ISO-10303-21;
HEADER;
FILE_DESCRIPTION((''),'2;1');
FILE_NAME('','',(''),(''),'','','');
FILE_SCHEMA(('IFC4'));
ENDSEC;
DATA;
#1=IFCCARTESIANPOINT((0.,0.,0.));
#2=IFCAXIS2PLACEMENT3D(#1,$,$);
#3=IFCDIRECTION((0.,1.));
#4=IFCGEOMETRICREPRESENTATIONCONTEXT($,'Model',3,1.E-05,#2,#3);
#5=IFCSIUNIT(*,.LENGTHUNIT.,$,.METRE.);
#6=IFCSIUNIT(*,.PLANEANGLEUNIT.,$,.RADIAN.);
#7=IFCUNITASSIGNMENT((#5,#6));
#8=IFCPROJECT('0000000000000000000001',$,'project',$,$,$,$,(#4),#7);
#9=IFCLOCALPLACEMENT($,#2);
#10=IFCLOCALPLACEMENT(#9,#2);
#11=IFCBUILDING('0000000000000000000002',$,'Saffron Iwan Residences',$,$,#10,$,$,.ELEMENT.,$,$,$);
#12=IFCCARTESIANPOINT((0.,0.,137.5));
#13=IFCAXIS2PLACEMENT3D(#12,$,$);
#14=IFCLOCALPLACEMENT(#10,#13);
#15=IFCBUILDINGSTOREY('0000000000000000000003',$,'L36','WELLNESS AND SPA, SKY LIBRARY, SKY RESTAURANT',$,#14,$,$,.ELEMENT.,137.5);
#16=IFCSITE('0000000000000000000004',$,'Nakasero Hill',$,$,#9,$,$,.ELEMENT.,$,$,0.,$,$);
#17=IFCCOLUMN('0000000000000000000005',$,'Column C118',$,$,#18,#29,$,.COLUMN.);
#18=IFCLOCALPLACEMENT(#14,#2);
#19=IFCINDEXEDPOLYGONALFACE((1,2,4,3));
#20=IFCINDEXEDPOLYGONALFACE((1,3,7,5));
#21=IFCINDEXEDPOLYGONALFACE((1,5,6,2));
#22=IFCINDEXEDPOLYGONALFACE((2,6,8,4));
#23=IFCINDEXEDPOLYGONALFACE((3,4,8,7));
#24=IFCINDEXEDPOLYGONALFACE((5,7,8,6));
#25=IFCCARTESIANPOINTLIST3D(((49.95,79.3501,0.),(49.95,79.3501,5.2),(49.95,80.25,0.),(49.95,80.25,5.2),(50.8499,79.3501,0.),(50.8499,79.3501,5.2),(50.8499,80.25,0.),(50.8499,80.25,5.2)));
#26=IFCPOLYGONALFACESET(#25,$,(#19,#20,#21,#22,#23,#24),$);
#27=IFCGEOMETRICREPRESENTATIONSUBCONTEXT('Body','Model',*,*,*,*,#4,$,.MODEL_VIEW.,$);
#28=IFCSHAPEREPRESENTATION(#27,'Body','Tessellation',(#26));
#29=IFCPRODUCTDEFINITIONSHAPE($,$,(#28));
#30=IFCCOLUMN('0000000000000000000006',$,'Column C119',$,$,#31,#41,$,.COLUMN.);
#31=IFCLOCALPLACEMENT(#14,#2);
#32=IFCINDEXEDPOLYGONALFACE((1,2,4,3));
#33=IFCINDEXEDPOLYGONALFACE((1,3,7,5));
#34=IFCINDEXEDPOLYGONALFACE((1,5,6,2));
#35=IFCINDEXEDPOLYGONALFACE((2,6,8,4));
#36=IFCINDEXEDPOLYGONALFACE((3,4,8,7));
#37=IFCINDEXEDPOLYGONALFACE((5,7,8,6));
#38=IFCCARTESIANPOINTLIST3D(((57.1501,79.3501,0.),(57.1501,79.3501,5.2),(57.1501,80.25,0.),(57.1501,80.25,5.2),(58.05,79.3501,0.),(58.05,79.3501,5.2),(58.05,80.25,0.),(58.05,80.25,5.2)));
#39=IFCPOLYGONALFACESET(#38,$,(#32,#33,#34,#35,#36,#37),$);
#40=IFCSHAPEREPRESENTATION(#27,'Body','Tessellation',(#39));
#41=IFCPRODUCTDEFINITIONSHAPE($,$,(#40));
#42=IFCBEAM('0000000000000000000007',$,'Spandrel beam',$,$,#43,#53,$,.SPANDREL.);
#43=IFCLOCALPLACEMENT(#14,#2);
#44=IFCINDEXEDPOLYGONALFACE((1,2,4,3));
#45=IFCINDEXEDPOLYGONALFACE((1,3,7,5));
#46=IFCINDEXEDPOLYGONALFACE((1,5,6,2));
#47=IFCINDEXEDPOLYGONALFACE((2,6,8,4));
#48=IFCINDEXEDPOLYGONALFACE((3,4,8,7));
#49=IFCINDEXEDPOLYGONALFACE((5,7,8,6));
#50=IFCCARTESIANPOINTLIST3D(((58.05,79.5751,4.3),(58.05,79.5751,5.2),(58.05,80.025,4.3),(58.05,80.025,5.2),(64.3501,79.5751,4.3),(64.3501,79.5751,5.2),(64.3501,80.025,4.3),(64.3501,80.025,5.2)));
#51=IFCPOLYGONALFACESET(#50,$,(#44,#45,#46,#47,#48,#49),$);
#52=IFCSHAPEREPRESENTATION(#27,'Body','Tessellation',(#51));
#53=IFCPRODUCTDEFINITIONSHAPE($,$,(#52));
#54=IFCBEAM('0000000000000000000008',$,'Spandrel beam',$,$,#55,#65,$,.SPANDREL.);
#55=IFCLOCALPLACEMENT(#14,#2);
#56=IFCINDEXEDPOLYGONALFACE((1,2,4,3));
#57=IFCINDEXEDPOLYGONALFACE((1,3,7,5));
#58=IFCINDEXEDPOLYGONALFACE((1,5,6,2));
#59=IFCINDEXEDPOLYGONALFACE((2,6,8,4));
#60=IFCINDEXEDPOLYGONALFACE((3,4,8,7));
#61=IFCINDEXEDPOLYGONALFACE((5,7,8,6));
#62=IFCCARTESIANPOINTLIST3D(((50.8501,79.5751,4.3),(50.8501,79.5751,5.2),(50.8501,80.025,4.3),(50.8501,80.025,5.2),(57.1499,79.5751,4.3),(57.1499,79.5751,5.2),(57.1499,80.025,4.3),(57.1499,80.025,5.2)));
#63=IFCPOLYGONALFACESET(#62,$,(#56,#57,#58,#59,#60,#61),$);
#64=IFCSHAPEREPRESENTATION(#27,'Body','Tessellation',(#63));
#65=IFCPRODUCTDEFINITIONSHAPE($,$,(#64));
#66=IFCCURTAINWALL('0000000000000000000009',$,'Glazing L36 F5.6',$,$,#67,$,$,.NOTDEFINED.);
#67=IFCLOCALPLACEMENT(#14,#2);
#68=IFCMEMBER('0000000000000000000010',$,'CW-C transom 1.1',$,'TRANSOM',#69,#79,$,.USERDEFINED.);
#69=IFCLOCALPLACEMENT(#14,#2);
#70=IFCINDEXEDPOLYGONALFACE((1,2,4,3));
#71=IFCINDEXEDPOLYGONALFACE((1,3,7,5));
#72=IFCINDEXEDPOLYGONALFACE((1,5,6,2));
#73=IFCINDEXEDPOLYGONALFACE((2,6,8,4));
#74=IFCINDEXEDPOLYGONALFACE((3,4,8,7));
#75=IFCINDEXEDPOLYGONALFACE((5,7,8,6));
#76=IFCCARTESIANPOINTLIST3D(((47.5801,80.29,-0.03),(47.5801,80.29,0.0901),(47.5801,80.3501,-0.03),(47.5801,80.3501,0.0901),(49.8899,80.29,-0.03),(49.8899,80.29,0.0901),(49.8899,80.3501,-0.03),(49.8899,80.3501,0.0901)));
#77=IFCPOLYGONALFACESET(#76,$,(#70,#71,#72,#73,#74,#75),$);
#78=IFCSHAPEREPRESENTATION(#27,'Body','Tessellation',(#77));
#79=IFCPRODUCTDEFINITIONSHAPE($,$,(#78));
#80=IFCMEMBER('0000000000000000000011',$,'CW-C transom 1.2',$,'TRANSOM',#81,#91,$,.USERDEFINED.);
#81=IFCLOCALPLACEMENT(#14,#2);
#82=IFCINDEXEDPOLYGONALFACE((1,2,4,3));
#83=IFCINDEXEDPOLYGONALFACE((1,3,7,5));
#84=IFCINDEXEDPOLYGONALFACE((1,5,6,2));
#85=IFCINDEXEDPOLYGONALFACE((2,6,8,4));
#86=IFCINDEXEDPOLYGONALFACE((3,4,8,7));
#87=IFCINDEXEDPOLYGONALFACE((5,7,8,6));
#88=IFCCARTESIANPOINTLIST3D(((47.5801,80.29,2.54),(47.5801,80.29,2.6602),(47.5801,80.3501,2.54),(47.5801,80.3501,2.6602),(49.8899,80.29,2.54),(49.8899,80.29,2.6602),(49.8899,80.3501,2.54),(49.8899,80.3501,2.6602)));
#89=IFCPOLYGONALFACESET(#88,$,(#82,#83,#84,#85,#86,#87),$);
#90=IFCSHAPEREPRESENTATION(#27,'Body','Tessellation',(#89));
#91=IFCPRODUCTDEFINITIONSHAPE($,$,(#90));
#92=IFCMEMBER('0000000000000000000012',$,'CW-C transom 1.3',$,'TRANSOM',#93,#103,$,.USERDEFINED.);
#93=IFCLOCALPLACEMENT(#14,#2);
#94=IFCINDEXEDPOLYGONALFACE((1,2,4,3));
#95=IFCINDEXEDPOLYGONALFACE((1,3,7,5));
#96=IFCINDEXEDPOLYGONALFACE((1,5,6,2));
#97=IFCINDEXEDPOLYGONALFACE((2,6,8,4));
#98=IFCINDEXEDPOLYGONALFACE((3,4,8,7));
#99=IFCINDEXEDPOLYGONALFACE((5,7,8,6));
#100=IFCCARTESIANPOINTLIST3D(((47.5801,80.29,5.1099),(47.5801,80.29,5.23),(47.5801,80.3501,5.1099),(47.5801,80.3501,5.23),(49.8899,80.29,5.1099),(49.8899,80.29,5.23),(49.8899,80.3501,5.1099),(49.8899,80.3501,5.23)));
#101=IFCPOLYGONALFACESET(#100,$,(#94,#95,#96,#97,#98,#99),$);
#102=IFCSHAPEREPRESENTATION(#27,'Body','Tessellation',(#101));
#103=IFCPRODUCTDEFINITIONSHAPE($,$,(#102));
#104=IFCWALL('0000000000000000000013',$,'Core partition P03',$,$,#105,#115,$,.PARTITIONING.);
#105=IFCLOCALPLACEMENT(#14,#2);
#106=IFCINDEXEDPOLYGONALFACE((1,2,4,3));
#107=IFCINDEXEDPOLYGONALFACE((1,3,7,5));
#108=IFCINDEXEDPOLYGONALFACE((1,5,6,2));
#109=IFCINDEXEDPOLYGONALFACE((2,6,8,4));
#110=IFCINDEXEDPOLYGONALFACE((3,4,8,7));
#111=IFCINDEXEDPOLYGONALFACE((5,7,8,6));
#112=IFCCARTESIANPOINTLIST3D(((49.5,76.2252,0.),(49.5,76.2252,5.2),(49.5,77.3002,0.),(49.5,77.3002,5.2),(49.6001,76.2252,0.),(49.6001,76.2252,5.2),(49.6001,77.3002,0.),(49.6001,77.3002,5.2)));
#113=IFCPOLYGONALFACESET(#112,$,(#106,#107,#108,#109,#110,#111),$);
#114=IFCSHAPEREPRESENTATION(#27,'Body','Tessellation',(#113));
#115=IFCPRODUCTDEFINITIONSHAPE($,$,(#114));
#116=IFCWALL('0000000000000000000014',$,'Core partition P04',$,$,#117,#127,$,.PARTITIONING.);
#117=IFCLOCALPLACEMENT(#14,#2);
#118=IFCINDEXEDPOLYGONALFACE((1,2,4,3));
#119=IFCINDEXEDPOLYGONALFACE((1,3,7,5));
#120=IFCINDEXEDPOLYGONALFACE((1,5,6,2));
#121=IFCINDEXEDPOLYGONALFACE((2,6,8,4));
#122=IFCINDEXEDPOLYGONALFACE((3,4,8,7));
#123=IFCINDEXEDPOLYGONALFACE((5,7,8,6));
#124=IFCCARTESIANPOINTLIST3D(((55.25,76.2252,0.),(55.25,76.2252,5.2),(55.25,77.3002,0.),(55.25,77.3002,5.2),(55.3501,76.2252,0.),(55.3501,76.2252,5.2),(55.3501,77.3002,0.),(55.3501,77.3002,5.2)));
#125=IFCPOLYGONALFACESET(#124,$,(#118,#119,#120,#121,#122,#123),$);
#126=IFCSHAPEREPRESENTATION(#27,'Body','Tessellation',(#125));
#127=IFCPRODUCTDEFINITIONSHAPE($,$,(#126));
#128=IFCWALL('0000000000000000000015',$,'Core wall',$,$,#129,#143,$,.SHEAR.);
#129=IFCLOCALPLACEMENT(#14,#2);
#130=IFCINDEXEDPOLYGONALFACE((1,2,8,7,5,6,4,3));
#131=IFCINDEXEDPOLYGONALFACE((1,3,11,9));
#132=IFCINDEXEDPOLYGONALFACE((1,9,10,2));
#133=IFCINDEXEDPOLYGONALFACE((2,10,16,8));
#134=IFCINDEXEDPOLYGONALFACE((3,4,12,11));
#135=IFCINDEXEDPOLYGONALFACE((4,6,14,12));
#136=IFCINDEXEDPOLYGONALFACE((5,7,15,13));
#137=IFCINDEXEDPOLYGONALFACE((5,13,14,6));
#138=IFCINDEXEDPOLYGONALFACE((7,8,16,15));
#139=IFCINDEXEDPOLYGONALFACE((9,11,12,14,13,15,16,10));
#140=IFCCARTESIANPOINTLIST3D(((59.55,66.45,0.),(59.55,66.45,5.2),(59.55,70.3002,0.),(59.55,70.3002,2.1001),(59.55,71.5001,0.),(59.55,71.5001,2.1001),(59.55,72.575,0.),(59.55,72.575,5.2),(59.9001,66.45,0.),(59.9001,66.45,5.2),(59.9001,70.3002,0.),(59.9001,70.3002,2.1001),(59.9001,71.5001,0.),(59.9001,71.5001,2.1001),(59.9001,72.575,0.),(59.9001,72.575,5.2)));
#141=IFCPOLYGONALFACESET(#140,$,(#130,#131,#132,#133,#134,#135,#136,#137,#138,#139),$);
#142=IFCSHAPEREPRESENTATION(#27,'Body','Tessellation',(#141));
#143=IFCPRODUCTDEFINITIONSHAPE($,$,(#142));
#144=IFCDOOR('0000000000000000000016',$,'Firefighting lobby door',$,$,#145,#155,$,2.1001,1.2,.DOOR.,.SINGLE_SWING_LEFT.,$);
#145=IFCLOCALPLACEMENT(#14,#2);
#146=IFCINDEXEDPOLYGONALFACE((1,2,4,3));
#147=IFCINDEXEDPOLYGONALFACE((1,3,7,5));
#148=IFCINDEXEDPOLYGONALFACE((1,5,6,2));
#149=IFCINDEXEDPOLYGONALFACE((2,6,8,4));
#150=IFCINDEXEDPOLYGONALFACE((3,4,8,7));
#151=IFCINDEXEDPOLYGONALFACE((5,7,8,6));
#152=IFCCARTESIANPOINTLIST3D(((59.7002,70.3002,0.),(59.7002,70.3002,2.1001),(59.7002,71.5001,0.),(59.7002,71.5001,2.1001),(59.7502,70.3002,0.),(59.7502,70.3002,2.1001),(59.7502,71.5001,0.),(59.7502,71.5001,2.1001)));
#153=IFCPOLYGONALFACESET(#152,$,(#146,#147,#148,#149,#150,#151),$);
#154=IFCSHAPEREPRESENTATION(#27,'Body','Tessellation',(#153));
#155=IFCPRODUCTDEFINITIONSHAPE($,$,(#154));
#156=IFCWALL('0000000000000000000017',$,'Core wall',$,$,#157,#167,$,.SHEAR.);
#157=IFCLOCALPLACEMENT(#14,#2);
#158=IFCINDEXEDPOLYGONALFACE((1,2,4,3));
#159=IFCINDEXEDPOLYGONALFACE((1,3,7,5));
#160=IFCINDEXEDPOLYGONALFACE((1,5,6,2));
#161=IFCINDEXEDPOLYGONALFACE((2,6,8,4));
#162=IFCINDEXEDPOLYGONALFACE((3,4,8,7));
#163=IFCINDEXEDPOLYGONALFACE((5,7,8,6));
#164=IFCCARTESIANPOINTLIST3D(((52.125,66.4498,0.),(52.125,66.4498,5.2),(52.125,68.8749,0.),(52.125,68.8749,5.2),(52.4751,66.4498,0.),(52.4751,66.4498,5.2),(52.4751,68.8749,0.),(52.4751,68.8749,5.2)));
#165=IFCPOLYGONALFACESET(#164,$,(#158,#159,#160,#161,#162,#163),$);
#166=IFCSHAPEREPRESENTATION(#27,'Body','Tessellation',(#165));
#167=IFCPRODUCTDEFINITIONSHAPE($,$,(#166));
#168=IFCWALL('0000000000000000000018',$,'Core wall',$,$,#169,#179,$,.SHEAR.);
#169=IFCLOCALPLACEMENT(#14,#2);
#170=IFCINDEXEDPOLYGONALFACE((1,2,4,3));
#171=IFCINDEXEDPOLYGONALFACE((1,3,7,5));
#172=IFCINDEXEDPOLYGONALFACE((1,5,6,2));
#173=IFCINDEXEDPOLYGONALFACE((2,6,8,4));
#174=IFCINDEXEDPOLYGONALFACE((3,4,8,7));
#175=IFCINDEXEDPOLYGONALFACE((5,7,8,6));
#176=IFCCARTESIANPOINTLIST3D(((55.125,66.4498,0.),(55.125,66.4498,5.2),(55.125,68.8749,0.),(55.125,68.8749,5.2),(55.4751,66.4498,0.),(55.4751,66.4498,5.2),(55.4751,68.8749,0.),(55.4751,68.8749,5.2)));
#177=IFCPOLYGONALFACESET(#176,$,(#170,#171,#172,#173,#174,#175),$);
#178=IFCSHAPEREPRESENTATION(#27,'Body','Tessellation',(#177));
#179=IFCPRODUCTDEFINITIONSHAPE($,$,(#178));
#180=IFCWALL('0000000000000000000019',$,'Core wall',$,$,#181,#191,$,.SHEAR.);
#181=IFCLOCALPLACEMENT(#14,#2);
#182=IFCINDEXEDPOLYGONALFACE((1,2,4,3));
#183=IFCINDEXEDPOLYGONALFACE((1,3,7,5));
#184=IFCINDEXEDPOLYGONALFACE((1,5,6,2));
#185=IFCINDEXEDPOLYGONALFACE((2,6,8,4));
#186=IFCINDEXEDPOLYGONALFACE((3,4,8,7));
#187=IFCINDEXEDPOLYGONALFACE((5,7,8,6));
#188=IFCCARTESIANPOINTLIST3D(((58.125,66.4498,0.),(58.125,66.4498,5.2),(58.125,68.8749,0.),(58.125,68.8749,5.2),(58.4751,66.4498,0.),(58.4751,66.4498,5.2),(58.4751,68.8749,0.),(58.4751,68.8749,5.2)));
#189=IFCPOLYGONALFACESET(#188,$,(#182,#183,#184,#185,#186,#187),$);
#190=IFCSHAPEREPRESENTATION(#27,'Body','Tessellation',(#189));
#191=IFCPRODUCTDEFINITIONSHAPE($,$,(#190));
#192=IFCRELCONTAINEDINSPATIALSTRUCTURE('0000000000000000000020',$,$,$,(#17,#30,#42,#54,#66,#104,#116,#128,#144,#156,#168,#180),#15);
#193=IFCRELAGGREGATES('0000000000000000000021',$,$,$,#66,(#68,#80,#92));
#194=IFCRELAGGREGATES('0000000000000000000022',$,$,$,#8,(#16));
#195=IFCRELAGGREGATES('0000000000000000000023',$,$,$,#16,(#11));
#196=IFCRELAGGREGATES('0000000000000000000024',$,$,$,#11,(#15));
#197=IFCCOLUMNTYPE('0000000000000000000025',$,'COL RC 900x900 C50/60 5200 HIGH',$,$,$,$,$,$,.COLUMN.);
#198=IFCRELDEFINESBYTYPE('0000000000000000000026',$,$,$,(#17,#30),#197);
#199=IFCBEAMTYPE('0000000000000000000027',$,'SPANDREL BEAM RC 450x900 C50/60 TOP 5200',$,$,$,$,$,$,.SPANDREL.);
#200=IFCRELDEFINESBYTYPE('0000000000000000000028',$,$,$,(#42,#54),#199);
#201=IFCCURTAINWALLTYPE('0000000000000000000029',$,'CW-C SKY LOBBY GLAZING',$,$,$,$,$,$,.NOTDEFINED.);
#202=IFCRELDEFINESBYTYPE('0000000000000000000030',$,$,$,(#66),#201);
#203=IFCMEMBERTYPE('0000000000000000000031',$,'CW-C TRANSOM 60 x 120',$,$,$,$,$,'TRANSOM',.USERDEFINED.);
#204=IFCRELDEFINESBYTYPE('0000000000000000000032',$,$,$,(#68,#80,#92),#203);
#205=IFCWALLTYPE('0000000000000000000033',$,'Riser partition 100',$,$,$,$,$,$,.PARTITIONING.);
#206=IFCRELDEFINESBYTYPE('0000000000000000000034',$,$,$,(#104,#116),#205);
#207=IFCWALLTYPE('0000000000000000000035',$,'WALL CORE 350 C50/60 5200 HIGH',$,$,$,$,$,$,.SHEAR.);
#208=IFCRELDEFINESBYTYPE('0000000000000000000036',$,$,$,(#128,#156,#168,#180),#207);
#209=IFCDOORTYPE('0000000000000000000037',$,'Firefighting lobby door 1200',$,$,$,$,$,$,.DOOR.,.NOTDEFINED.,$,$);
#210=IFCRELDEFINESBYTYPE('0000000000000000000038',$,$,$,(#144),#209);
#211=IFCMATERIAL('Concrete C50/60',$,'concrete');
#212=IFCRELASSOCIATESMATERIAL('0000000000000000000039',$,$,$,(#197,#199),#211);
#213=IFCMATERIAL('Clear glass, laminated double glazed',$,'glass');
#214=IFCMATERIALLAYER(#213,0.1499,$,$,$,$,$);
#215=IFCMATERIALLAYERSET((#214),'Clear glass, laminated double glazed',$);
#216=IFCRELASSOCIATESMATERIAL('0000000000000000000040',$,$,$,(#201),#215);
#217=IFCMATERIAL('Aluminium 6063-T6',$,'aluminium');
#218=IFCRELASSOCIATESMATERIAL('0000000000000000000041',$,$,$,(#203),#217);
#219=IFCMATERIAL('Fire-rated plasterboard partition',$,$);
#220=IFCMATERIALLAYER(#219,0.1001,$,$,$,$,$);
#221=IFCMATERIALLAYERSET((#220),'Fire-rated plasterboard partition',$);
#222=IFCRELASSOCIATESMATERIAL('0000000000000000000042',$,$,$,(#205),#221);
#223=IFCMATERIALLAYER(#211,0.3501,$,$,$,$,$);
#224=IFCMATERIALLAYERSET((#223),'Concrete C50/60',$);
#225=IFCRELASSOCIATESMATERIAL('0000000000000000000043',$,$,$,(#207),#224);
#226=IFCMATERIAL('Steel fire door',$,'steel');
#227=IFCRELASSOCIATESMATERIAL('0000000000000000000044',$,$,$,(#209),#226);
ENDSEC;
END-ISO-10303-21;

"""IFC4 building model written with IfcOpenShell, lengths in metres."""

from ifc_helpers import new_model, si_unit, direction, frame, frame_2d, origin, origin_2d, place, context, subcontext, project, spatial, rectangle, extrude, source, transform, mapped, material, layer, layer_set, material_profile, profile_set, type_object, element, fill, aggregate, save


model = new_model("IFC4")

# Units and contexts
model_context = context("Model", 3, precision=1e-05, world=origin(), true_north=direction((0.0, 1.0)))
body_context = subcontext(model_context, "Body", "Model", "MODEL_VIEW")
ifc_project = project(units=[si_unit("LENGTHUNIT", "METRE"), si_unit("PLANEANGLEUNIT", "RADIAN")], contexts=[model_context])

# Site, building, storey
site_placement = place(None, origin())
site = spatial("IfcSite", under=ifc_project, at=site_placement, Name="Nakasero Hill", CompositionType="ELEMENT", RefElevation=0.0)
building_placement = place(site_placement, origin())
building = spatial("IfcBuilding", under=site, at=building_placement, Name="Saffron Iwan Residences", CompositionType="ELEMENT")
storey_placement = place(building_placement, frame((0.0, 0.0, 137.5)))
storey = spatial("IfcBuildingStorey", under=building, at=storey_placement, Name="L36", Description="WELLNESS AND SPA, SKY LIBRARY, SKY RESTAURANT", CompositionType="ELEMENT", Elevation=137.5)

# Columns
ifc_material_1 = material(Name="Concrete C50/60", Category="concrete")
ifc_material_profile_1 = material_profile(ifc_material_1, rectangle(XDim=0.8999, YDim=0.8999, at=origin_2d()), Name="RC 900x900")
ifc_profile_set_1 = profile_set([ifc_material_profile_1], Name="Concrete C50/60")
column_type = type_object("IfcColumnType", Name="COL RC 900x900 C50/60 5200 HIGH", PredefinedType="COLUMN", material=ifc_profile_set_1)
shared_shape_1 = source(origin(), body_context, "Body", "SweptSolid", [
    extrude(rectangle(XDim=0.8999, YDim=0.8999, at=origin_2d()), origin(), (0.0, 0.0, 1.0), 5.2),
])
for number, where, z_axis, x_axis, name in (
    (1, (50.3999, 79.8, 0.0), (0.0, 0.0, 1.0), (1.0, 0.0, 0.0), "Column C118"),
    (2, (57.6001, 79.8, 0.0), (0.0, 0.0, 1.0), (1.0, 0.0, 0.0), "Column C119"),
):
    element("IfcColumn", number, at=place(storey_placement, frame(where, z_axis=z_axis, x_axis=x_axis)), inside=storey, type_object=column_type, Name=name, PredefinedType="COLUMN", context=body_context, shape_type="MappedRepresentation", body=[
        mapped(shared_shape_1, transform((0.0, 0.0, 0.0))),
    ])

# Beams
ifc_material_profile_2 = material_profile(ifc_material_1, rectangle(XDim=0.45, YDim=0.8999, at=origin_2d()), Name="RC 450x900")
ifc_profile_set_2 = profile_set([ifc_material_profile_2], Name="Concrete C50/60")
beam_type = type_object("IfcBeamType", Name="SPANDREL BEAM RC 450x900 C50/60 TOP 5200", PredefinedType="SPANDREL", material=ifc_profile_set_2)
shared_shape_2 = source(origin(), body_context, "Body", "SweptSolid", [
    extrude(rectangle(XDim=0.45, YDim=0.8999, at=origin_2d()), origin(), (0.0, 0.0, 1.0), 6.3),
])
beam_1_placement = place(storey_placement, frame((58.05, 79.8, 4.75), z_axis=(1.0, 0.0, 0.0), x_axis=(0.0, 1.0, 0.0)))
element("IfcBeam", 3, at=beam_1_placement, inside=storey, type_object=beam_type, Name="Spandrel beam", PredefinedType="SPANDREL", context=body_context, shape_type="MappedRepresentation", body=[
    mapped(shared_shape_2, transform((0.0, 0.0, 0.0))),
])
shared_shape_3 = source(origin(), body_context, "Body", "SweptSolid", [
    extrude(rectangle(XDim=0.45, YDim=0.8999, at=origin_2d()), origin(), (0.0, 0.0, 1.0), 6.2998),
])
beam_2_placement = place(storey_placement, frame((50.8501, 79.8, 4.75), z_axis=(1.0, 0.0, 0.0), x_axis=(0.0, 1.0, 0.0)))
element("IfcBeam", 4, at=beam_2_placement, inside=storey, type_object=beam_type, Name="Spandrel beam", PredefinedType="SPANDREL", context=body_context, shape_type="MappedRepresentation", body=[
    mapped(shared_shape_3, transform((0.0, 0.0, 0.0))),
])

# Curtain wall, members
ifc_material_2 = material(Name="Clear glass, laminated double glazed", Category="glass")
ifc_layer_1 = layer(ifc_material_2, 0.1499)
ifc_layer_set_1 = layer_set([ifc_layer_1], Name="Clear glass, laminated double glazed")
curtain_wall_type = type_object("IfcCurtainWallType", Name="CW-C SKY LOBBY GLAZING", PredefinedType="NOTDEFINED", material=ifc_layer_set_1)
curtain_wall_placement = place(storey_placement, origin())
curtain_wall = element("IfcCurtainWall", 5, at=curtain_wall_placement, inside=storey, type_object=curtain_wall_type, Name="Glazing L36 F5.6", PredefinedType="NOTDEFINED")
ifc_material_3 = material(Name="Aluminium 6063-T6", Category="aluminium")
ifc_material_profile_3 = material_profile(ifc_material_3, rectangle(XDim=0.0601, YDim=0.1201, at=origin_2d()), Name="CW-C TRANSOM 60 x 120")
ifc_profile_set_3 = profile_set([ifc_material_profile_3], Name="Aluminium 6063-T6")
member_type = type_object("IfcMemberType", Name="CW-C TRANSOM 60 x 120", ElementType="TRANSOM", PredefinedType="USERDEFINED", material=ifc_profile_set_3)
shared_shape_4 = source(origin(), body_context, "Body", "SweptSolid", [
    extrude(rectangle(XDim=0.0601, YDim=0.1201, at=origin_2d()), origin(), (0.0, 0.0, 1.0), 2.3098),
])
member_1_placement = place(storey_placement, frame((49.8899, 80.3201, 0.03), z_axis=(-1.0, 0.0, 0.0), x_axis=(0.0, -1.0, 0.0)))
member_1 = element("IfcMember", 6, at=member_1_placement, type_object=member_type, Name="CW-C transom 1.1", ObjectType="TRANSOM", PredefinedType="USERDEFINED", context=body_context, shape_type="MappedRepresentation", body=[
    mapped(shared_shape_4, transform((0.0, 0.0, 0.0))),
])
member_2_placement = place(storey_placement, frame((49.8899, 80.3201, 2.6001), z_axis=(-1.0, 0.0, 0.0), x_axis=(0.0, -1.0, 0.0)))
member_2 = element("IfcMember", 7, at=member_2_placement, type_object=member_type, Name="CW-C transom 1.2", ObjectType="TRANSOM", PredefinedType="USERDEFINED", context=body_context, shape_type="MappedRepresentation", body=[
    mapped(shared_shape_4, transform((0.0, 0.0, 0.0))),
])
member_3_placement = place(storey_placement, frame((49.8899, 80.3201, 5.1699), z_axis=(-1.0, 0.0, 0.0), x_axis=(0.0, -1.0, 0.0)))
member_3 = element("IfcMember", 8, at=member_3_placement, type_object=member_type, Name="CW-C transom 1.3", ObjectType="TRANSOM", PredefinedType="USERDEFINED", context=body_context, shape_type="MappedRepresentation", body=[
    mapped(shared_shape_4, transform((0.0, 0.0, 0.0))),
])
aggregate(curtain_wall, [member_1, member_2, member_3])

# Walls
ifc_material_4 = material(Name="Fire-rated plasterboard partition")
ifc_layer_2 = layer(ifc_material_4, 0.1001)
ifc_layer_set_2 = layer_set([ifc_layer_2], Name="Fire-rated plasterboard partition")
wall_type_1 = type_object("IfcWallType", Name="Riser partition 100", PredefinedType="PARTITIONING", material=ifc_layer_set_2)
for number, where, z_axis, x_axis, name in (
    (9, (49.55, 76.2251, 0.0), (0.0, 0.0, 1.0), (0.0, 1.0, 0.0), "Core partition P03"),
    (10, (55.3, 76.2251, 0.0), (0.0, 0.0, 1.0), (0.0, 1.0, 0.0), "Core partition P04"),
):
    element("IfcWall", number, at=place(storey_placement, frame(where, z_axis=z_axis, x_axis=x_axis)), inside=storey, type_object=wall_type_1, Name=name, PredefinedType="PARTITIONING", context=body_context, shape_type="SweptSolid", body=[
        extrude(rectangle(XDim=1.075, YDim=0.1001, at=frame_2d((0.5376, 0.0))), origin(), (0.0, 0.0, 1.0), 5.2),
    ])

# Wall, opening, door
ifc_layer_3 = layer(ifc_material_1, 0.3501)
ifc_layer_set_3 = layer_set([ifc_layer_3], Name="Concrete C50/60")
wall_type_2 = type_object("IfcWallType", Name="WALL CORE 350 C50/60 5200 HIGH", PredefinedType="SHEAR", material=ifc_layer_set_3)
wall_placement = place(storey_placement, frame((59.7251, 66.45, 0.0), z_axis=(0.0, 0.0, 1.0), x_axis=(0.0, 1.0, 0.0)))
wall = element("IfcWall", 11, at=wall_placement, inside=storey, type_object=wall_type_2, Name="Core wall", PredefinedType="SHEAR", context=body_context, shape_type="SweptSolid", body=[
    extrude(rectangle(XDim=6.125, YDim=0.3501, at=frame_2d((3.0625, 0.0))), origin(), (0.0, 0.0, 1.0), 5.2),
])
opening_placement = place(wall_placement, frame((3.8501, 0.0, 0.0)))
opening = element("IfcOpeningElement", 12, at=opening_placement, cuts=wall, PredefinedType="OPENING", context=body_context, shape_type="SweptSolid", body=[
    extrude(rectangle(XDim=1.2, YDim=2.1001, at=frame_2d((0.6001, 1.05))), frame((0.0, 0.1851, 0.0), z_axis=(0.0, -1.0, 0.0), x_axis=(1.0, 0.0, 0.0)), (0.0, 0.0, 1.0), 0.3701),
])
ifc_material_5 = material(Name="Steel fire door", Category="steel")
door_type = type_object("IfcDoorType", Name="Firefighting lobby door 1200", OperationType="NOTDEFINED", PredefinedType="DOOR", material=ifc_material_5)
door_placement = place(opening_placement, origin())
door = element("IfcDoor", 13, at=door_placement, inside=storey, type_object=door_type, Name="Firefighting lobby door", OperationType="SINGLE_SWING_LEFT", OverallHeight=2.1001, OverallWidth=1.2, PredefinedType="DOOR", context=body_context, shape_type="SweptSolid", body=[
    extrude(rectangle(XDim=1.2, YDim=2.1001, at=frame_2d((0.6001, 1.05))), frame((0.0, 0.0249, 0.0), z_axis=(0.0, -1.0, 0.0), x_axis=(1.0, 0.0, 0.0)), (0.0, 0.0, 1.0), 0.05),
])
fill(opening, door)

# Walls
for number, where, z_axis, x_axis, name in (
    (14, (52.3, 66.45, 0.0), (0.0, 0.0, 1.0), (0.0, 1.0, 0.0), "Core wall"),
    (15, (55.3, 66.45, 0.0), (0.0, 0.0, 1.0), (0.0, 1.0, 0.0), "Core wall"),
    (16, (58.3, 66.45, 0.0), (0.0, 0.0, 1.0), (0.0, 1.0, 0.0), "Core wall"),
):
    element("IfcWall", number, at=place(storey_placement, frame(where, z_axis=z_axis, x_axis=x_axis)), inside=storey, type_object=wall_type_2, Name=name, PredefinedType="SHEAR", context=body_context, shape_type="SweptSolid", body=[
        extrude(rectangle(XDim=2.425, YDim=0.3501, at=frame_2d((1.2124, 0.0))), origin(), (0.0, 0.0, 1.0), 5.2),
    ])

save(model, "model.ifc")
